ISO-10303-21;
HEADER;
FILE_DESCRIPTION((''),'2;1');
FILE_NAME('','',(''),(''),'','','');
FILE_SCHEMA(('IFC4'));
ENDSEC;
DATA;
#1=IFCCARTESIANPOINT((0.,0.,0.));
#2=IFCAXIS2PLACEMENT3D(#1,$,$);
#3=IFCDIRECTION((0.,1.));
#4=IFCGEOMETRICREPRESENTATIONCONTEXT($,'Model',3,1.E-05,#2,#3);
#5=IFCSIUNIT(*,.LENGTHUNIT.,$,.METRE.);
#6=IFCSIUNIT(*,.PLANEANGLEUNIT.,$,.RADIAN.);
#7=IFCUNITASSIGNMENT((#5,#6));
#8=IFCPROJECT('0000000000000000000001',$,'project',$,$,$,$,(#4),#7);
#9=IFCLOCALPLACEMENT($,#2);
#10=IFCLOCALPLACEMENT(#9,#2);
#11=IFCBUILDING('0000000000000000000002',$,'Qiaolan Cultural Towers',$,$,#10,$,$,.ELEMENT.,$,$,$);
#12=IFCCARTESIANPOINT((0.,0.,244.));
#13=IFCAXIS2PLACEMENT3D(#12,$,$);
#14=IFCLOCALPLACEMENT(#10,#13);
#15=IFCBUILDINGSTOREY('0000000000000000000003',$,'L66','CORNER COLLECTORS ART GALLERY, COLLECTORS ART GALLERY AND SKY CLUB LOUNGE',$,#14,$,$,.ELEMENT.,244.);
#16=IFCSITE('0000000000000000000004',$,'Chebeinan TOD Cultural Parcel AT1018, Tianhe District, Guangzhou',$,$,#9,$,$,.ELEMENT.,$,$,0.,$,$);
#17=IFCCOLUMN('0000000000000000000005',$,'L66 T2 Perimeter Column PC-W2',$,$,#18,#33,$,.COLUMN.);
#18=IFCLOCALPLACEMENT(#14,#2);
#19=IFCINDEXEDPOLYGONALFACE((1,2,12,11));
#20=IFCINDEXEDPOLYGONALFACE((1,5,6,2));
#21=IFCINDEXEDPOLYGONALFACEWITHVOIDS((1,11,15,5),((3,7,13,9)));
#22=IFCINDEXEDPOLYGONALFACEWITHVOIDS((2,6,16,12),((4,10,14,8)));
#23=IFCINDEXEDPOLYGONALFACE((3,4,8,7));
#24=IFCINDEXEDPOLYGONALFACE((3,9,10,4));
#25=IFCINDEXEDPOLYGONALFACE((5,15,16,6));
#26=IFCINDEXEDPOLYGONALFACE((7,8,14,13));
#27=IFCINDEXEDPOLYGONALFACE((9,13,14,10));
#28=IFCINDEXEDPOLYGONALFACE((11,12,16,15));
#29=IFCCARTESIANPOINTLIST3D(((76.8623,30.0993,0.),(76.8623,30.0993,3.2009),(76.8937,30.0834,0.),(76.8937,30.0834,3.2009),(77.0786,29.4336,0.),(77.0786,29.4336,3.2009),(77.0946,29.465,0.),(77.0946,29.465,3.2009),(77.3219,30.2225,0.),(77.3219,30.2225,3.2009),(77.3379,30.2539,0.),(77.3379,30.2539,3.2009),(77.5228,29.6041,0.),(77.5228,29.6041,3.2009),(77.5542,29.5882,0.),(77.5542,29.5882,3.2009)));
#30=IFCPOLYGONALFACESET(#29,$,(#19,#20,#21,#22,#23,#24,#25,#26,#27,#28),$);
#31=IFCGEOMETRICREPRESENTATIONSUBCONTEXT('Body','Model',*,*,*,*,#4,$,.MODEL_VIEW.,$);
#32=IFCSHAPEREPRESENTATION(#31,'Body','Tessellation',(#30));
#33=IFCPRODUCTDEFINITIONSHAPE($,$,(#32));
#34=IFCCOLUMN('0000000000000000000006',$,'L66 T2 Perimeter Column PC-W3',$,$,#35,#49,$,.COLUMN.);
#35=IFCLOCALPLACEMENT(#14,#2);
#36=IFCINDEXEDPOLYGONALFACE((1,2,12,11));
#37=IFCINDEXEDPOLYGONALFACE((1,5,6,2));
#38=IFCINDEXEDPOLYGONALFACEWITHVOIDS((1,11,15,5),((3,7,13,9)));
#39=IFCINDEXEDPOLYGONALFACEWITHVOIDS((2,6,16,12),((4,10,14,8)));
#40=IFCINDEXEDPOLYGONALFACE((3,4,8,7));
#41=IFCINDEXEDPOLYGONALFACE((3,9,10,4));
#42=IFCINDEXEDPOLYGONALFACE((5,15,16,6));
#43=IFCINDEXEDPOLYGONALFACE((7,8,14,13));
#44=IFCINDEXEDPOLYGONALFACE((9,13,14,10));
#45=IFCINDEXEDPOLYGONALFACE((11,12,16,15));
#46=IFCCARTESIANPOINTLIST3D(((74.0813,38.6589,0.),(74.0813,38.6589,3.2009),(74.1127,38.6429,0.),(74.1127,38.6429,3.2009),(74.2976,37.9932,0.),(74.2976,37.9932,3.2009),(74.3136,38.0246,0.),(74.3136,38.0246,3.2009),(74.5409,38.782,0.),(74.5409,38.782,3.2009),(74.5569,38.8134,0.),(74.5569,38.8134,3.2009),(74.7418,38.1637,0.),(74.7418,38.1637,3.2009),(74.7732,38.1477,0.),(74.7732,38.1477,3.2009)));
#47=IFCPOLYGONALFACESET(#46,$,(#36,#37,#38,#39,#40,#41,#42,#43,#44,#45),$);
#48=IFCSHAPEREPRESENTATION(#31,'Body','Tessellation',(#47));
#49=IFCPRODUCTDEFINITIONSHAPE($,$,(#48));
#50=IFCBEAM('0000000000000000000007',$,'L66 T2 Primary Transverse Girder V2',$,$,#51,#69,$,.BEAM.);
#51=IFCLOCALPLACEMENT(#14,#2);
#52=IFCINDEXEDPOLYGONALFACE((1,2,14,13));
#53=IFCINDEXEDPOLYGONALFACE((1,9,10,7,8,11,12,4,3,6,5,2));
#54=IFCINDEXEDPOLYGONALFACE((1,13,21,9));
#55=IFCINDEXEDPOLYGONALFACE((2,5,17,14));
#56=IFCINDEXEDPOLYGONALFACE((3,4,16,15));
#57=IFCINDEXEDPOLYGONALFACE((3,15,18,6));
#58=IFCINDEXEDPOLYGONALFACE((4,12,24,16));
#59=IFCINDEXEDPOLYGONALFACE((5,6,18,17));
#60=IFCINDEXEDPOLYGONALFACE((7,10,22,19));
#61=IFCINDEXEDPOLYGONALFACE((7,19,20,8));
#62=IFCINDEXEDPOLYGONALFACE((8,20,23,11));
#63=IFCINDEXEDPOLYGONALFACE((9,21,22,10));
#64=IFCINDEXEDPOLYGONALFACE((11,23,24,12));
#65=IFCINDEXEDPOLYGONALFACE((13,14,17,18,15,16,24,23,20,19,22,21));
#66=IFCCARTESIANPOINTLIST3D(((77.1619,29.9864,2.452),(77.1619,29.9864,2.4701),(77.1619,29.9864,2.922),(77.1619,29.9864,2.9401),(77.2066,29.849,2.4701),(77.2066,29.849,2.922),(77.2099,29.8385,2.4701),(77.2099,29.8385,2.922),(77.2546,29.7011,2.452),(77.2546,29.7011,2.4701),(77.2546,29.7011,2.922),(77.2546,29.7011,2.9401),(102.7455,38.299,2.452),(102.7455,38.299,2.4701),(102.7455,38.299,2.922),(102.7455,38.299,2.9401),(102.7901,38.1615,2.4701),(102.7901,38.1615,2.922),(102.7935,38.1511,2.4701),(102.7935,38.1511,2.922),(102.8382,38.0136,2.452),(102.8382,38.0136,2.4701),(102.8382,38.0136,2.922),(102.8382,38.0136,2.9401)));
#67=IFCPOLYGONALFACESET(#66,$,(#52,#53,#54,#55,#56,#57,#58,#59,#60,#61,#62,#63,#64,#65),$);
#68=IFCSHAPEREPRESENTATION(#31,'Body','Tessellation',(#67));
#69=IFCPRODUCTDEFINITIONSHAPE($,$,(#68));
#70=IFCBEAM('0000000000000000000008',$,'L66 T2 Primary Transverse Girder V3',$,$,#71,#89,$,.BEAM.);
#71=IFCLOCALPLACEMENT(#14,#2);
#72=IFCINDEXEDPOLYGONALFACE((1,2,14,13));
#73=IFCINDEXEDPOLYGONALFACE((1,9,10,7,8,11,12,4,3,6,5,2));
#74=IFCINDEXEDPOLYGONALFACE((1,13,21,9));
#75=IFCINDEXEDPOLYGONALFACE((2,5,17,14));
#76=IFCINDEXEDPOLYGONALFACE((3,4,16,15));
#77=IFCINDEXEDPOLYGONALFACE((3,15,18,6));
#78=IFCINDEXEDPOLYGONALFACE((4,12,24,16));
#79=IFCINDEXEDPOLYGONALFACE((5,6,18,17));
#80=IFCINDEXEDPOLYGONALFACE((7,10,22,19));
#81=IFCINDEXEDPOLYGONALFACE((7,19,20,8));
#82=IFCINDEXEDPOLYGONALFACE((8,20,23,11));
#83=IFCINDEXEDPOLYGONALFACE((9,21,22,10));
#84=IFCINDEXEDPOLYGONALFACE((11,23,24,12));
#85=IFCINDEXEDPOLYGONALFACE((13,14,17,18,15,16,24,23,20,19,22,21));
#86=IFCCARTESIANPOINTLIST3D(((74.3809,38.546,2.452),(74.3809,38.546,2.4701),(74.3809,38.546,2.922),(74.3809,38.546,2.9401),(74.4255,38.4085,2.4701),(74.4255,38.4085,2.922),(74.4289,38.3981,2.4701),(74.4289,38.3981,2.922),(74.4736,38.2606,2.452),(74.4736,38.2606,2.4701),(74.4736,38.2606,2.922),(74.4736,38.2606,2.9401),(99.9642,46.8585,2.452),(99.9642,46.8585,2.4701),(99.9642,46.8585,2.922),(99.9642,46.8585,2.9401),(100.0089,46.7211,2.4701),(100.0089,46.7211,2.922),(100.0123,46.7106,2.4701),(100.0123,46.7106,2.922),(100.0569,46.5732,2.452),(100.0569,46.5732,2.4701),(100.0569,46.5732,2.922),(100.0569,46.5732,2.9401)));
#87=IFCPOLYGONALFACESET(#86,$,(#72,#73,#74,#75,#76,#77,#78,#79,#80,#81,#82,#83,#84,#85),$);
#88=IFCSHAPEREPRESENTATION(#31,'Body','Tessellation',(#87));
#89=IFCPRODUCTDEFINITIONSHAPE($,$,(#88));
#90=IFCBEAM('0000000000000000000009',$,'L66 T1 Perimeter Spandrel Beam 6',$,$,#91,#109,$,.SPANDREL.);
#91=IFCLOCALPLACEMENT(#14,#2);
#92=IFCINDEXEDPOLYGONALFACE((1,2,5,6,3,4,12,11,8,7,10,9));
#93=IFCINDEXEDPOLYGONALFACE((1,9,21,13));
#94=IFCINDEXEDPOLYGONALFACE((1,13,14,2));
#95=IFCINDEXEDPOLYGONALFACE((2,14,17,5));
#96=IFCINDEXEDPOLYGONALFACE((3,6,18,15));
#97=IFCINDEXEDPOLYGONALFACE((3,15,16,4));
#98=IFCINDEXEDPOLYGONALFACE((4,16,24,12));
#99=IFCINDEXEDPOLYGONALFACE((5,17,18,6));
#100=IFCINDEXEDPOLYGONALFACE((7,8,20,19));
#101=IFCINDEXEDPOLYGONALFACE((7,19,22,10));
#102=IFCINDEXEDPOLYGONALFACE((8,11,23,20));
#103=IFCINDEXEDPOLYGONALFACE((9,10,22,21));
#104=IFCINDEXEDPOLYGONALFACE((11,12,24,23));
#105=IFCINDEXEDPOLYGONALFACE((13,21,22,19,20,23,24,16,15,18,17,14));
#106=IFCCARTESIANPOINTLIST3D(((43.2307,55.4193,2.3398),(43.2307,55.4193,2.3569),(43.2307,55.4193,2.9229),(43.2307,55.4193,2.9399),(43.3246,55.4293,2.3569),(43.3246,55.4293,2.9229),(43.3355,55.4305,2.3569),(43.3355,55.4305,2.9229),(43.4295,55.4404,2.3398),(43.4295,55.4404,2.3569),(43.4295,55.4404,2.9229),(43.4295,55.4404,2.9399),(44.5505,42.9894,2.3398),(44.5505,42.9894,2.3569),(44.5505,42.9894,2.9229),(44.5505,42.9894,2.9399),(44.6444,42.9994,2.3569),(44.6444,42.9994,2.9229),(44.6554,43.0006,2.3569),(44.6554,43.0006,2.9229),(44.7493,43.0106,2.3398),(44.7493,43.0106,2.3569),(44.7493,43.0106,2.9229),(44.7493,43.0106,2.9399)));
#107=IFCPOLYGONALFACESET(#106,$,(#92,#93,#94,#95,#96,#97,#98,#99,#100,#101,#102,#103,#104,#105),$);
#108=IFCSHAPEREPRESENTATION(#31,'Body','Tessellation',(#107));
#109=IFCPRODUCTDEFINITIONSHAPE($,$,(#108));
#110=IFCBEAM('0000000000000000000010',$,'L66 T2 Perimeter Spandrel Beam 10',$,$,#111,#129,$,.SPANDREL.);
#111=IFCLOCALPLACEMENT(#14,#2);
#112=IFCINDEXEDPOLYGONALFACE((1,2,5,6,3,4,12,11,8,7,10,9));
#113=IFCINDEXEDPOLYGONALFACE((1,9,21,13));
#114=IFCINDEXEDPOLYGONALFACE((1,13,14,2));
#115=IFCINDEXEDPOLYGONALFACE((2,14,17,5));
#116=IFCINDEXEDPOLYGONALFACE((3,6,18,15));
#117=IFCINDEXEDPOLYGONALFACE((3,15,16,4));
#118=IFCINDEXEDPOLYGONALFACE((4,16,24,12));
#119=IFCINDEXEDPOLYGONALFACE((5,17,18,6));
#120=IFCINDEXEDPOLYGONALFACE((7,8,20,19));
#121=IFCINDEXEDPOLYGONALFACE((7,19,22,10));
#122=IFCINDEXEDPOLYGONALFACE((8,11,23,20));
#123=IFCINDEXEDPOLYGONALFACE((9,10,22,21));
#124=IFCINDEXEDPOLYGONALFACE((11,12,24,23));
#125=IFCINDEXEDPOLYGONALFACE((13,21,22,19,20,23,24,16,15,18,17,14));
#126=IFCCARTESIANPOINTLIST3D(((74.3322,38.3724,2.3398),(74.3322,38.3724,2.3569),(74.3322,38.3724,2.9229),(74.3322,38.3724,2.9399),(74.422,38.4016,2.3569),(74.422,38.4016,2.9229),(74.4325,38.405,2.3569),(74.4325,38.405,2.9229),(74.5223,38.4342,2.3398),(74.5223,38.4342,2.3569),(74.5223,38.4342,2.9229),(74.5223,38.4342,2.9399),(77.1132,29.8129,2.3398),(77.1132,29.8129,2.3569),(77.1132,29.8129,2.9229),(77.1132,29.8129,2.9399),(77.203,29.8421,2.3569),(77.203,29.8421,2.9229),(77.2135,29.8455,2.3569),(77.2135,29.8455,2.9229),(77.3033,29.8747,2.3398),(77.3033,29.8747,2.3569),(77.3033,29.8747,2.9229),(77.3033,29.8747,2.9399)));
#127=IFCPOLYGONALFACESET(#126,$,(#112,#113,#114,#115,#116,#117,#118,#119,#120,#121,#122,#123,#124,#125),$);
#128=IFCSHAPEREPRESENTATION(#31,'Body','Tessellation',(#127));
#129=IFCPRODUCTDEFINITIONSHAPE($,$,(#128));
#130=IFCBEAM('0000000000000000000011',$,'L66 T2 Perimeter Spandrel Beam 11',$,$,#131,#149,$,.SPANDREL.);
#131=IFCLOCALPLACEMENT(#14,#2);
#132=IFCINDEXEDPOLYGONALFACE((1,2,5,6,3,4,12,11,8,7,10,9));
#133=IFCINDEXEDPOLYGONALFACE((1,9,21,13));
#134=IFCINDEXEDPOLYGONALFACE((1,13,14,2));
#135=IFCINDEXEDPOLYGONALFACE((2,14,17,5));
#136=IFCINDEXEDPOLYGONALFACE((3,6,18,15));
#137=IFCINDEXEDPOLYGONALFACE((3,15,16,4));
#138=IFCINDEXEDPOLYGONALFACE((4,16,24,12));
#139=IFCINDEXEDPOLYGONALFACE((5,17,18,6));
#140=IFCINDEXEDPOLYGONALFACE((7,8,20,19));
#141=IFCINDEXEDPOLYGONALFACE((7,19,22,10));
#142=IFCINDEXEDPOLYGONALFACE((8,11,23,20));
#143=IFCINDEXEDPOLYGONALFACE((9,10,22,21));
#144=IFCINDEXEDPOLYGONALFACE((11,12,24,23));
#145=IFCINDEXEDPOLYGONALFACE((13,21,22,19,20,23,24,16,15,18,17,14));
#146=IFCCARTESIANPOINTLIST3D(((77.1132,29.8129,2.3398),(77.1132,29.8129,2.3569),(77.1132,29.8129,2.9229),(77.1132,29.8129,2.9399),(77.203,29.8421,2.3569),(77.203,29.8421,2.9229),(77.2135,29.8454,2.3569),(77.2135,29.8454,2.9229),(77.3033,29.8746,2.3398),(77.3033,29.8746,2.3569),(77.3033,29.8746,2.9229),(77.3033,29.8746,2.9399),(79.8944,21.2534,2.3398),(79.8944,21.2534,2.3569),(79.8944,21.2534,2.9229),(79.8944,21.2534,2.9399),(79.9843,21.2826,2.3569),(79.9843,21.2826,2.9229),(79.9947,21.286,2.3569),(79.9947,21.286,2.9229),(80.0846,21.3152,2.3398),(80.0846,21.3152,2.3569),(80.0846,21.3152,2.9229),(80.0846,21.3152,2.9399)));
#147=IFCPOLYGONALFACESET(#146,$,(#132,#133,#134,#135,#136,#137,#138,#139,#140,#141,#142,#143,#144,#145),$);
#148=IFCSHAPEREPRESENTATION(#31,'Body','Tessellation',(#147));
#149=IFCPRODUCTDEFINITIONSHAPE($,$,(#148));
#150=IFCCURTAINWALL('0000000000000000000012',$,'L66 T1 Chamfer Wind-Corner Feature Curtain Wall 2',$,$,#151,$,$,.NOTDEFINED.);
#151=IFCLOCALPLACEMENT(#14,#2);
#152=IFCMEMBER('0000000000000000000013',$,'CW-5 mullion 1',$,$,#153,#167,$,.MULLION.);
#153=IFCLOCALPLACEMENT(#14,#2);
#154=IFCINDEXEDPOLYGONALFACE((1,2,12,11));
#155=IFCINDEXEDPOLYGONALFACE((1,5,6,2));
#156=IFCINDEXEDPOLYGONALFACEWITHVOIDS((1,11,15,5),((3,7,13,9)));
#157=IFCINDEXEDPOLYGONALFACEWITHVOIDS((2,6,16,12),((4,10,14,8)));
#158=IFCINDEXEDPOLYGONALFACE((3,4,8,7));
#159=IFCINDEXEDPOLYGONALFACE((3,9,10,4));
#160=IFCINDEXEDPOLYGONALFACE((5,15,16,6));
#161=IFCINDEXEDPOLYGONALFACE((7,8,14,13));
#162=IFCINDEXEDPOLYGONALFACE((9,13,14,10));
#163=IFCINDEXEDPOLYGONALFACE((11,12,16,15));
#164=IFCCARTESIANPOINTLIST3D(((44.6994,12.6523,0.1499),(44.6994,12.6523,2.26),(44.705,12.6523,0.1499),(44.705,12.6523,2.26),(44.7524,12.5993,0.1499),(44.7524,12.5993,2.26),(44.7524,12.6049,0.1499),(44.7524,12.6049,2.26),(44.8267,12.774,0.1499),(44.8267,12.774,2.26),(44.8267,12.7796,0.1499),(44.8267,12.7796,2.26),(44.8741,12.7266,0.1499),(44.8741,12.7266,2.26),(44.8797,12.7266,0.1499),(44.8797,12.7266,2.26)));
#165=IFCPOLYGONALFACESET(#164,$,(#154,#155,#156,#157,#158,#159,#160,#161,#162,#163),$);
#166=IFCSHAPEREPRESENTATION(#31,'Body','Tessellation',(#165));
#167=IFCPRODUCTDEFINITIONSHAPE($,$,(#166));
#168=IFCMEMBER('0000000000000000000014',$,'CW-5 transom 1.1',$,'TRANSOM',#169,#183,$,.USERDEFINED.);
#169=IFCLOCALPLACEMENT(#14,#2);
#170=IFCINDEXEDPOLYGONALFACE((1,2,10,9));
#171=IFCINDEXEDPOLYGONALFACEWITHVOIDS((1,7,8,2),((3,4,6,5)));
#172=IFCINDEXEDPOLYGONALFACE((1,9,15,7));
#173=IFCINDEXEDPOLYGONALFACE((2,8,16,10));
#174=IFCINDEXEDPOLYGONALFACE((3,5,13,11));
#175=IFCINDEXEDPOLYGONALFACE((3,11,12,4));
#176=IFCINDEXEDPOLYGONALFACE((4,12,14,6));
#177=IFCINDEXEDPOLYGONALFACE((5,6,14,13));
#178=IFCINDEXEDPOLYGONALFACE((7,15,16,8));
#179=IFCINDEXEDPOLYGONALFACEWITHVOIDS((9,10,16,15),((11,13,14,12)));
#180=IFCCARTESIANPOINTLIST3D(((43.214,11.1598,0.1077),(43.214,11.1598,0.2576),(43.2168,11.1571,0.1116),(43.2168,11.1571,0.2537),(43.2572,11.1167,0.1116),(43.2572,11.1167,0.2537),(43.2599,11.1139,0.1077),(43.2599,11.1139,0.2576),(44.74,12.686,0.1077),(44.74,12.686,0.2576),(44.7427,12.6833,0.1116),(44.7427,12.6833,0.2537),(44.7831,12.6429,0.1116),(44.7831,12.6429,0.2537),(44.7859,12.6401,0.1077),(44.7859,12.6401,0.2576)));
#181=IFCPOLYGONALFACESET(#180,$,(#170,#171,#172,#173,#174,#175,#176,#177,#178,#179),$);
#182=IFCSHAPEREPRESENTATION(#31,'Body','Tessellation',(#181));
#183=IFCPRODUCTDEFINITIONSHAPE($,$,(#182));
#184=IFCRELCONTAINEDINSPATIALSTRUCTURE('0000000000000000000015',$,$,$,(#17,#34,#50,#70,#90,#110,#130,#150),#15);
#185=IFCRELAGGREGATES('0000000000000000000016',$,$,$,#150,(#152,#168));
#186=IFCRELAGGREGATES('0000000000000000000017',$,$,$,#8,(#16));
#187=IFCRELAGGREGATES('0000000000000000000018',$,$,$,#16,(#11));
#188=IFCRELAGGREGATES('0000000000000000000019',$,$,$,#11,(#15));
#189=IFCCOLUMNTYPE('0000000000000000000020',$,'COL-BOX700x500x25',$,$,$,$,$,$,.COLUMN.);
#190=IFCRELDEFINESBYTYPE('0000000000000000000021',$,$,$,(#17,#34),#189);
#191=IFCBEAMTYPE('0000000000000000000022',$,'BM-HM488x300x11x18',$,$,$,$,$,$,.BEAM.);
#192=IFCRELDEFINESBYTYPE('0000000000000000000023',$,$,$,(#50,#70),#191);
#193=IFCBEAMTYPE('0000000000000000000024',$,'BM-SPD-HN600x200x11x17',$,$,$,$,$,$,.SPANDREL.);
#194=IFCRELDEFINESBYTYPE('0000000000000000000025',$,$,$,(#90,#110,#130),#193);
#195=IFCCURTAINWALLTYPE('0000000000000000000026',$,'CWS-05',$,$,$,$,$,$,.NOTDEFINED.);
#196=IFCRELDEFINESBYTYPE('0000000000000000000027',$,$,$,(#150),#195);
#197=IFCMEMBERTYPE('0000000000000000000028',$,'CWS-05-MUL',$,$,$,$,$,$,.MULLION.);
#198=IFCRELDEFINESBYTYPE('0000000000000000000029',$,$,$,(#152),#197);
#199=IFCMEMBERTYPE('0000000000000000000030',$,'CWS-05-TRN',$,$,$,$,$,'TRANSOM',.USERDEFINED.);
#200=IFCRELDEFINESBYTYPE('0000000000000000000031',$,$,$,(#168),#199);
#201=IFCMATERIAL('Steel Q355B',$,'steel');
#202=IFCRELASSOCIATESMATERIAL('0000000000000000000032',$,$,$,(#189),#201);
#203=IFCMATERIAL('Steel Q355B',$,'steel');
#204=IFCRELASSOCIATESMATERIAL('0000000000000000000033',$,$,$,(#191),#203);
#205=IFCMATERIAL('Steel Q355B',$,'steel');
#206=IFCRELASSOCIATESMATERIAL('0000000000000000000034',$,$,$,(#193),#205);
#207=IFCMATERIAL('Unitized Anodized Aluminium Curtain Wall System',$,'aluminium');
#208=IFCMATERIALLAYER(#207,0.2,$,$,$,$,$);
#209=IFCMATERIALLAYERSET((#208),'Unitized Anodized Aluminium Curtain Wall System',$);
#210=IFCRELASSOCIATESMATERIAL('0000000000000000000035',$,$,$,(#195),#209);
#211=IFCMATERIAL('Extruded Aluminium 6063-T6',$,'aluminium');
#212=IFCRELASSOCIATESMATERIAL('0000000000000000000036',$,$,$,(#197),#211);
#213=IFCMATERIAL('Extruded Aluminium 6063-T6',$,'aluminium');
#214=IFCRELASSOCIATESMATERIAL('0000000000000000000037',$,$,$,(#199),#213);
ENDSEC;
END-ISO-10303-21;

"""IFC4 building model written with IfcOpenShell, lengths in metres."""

from ifc_helpers import new_model, si_unit, direction, frame, origin, origin_2d, place, context, subcontext, project, spatial, hollow_rectangle, i_section, extrude, material, layer, layer_set, material_profile, profile_set, type_object, element, aggregate, save


model = new_model("IFC4")

# Units and contexts
model_context = context("Model", 3, precision=1e-05, world=origin(), true_north=direction((0.0, 1.0)))
body_context = subcontext(model_context, "Body", "Model", "MODEL_VIEW")
ifc_project = project(units=[si_unit("LENGTHUNIT", "METRE"), si_unit("PLANEANGLEUNIT", "RADIAN")], contexts=[model_context])

# Site, building, storey
site_placement = place(None, origin())
site = spatial("IfcSite", under=ifc_project, at=site_placement, Name="Chebeinan TOD Cultural Parcel AT1018, Tianhe District, Guangzhou", CompositionType="ELEMENT", RefElevation=0.0)
building_placement = place(site_placement, origin())
building = spatial("IfcBuilding", under=site, at=building_placement, Name="Qiaolan Cultural Towers", CompositionType="ELEMENT")
storey_placement = place(building_placement, frame((0.0, 0.0, 244.0)))
storey = spatial("IfcBuildingStorey", under=building, at=storey_placement, Name="L66", Description="CORNER COLLECTORS ART GALLERY, COLLECTORS ART GALLERY AND SKY CLUB LOUNGE", CompositionType="ELEMENT", Elevation=244.0)

# Columns
ifc_material_1 = material(Name="Steel Q355B", Category="steel")
ifc_material_profile_1 = material_profile(ifc_material_1, hollow_rectangle(XDim=0.5, YDim=0.7, WallThickness=0.0249, at=origin_2d()), Name="BOX700x500x25")
ifc_profile_set_1 = profile_set([ifc_material_profile_1], Name="Steel Q355B")
column_type = type_object("IfcColumnType", Name="COL-BOX700x500x25", PredefinedType="COLUMN", material=ifc_profile_set_1)
for number, where, z_axis, x_axis, name in (
    (1, (77.2083, 29.8438, 0.0), (0.0, 0.0, 1.0), (0.951057, 0.309017, 0.0), "L66 T2 Perimeter Column PC-W2"),
    (2, (74.4272, 38.4033, 0.0), (0.0, 0.0, 1.0), (0.951057, 0.309017, 0.0), "L66 T2 Perimeter Column PC-W3"),
):
    element("IfcColumn", number, at=place(storey_placement, frame(where, z_axis=z_axis, x_axis=x_axis)), inside=storey, type_object=column_type, Name=name, PredefinedType="COLUMN", context=body_context, shape_type="SweptSolid", body=[
        extrude(hollow_rectangle(XDim=0.5, YDim=0.7, WallThickness=0.0249, at=origin_2d()), origin(), (0.0, 0.0, 1.0), 3.2009),
    ])

# Beams
ifc_material_2 = material(Name="Steel Q355B", Category="steel")
ifc_material_profile_2 = material_profile(ifc_material_2, i_section(OverallWidth=0.3, OverallDepth=0.488, WebThickness=0.011, FlangeThickness=0.0181, at=origin_2d()), Name="HM488x300x11x18")
ifc_profile_set_2 = profile_set([ifc_material_profile_2], Name="Steel Q355B")
beam_type_1 = type_object("IfcBeamType", Name="BM-HM488x300x11x18", PredefinedType="BEAM", material=ifc_profile_set_2)
beam_1_placement = place(storey_placement, frame((77.2083, 29.8438, 2.696), z_axis=(0.951057, 0.309014, 0.0), x_axis=(-0.309014, 0.951057, 0.0)))
element("IfcBeam", 3, at=beam_1_placement, inside=storey, type_object=beam_type_1, Name="L66 T2 Primary Transverse Girder V2", PredefinedType="BEAM", context=body_context, shape_type="SweptSolid", body=[
    extrude(i_section(OverallWidth=0.3, OverallDepth=0.488, WebThickness=0.011, FlangeThickness=0.0181, at=origin_2d()), origin(), (0.0, 0.0, 1.0), 26.9001),
])
beam_2_placement = place(storey_placement, frame((74.4272, 38.4033, 2.696), z_axis=(0.951057, 0.309017, 0.0), x_axis=(-0.309017, 0.951057, 0.0)))
element("IfcBeam", 4, at=beam_2_placement, inside=storey, type_object=beam_type_1, Name="L66 T2 Primary Transverse Girder V3", PredefinedType="BEAM", context=body_context, shape_type="SweptSolid", body=[
    extrude(i_section(OverallWidth=0.3, OverallDepth=0.488, WebThickness=0.011, FlangeThickness=0.0181, at=origin_2d()), origin(), (0.0, 0.0, 1.0), 26.8999),
])
ifc_material_3 = material(Name="Steel Q355B", Category="steel")
ifc_material_profile_3 = material_profile(ifc_material_3, i_section(OverallWidth=0.2, OverallDepth=0.6001, WebThickness=0.011, FlangeThickness=0.0171, at=origin_2d()), Name="HN600x200x11x17")
ifc_profile_set_3 = profile_set([ifc_material_profile_3], Name="Steel Q355B")
beam_type_2 = type_object("IfcBeamType", Name="BM-SPD-HN600x200x11x17", PredefinedType="SPANDREL", material=ifc_profile_set_3)
beam_3_placement = place(storey_placement, frame((44.6499, 43.0, 2.6399), z_axis=(-0.105588, 0.99441, 0.0), x_axis=(-0.99441, -0.105588, 0.0)))
element("IfcBeam", 5, at=beam_3_placement, inside=storey, type_object=beam_type_2, Name="L66 T1 Perimeter Spandrel Beam 6", PredefinedType="SPANDREL", context=body_context, shape_type="SweptSolid", body=[
    extrude(i_section(OverallWidth=0.2, OverallDepth=0.6001, WebThickness=0.011, FlangeThickness=0.0171, at=origin_2d()), origin(), (0.0, 0.0, 1.0), 12.4998),
])
for number, where, z_axis, x_axis, name in (
    (6, (74.4272, 38.4033, 2.6399), (0.309, -0.951062, 0.0), (0.951062, 0.309, 0.0), "L66 T2 Perimeter Spandrel Beam 10"),
    (7, (77.2083, 29.8438, 2.6399), (0.309025, -0.951054, 0.0), (0.951054, 0.309025, 0.0), "L66 T2 Perimeter Spandrel Beam 11"),
):
    element("IfcBeam", number, at=place(storey_placement, frame(where, z_axis=z_axis, x_axis=x_axis)), inside=storey, type_object=beam_type_2, Name=name, PredefinedType="SPANDREL", context=body_context, shape_type="SweptSolid", body=[
        extrude(i_section(OverallWidth=0.2, OverallDepth=0.6001, WebThickness=0.011, FlangeThickness=0.0171, at=origin_2d()), origin(), (0.0, 0.0, 1.0), 9.0),
    ])

# Curtain wall, members
ifc_material_4 = material(Name="Unitized Anodized Aluminium Curtain Wall System", Category="aluminium")
ifc_layer_1 = layer(ifc_material_4, 0.2)
ifc_layer_set_1 = layer_set([ifc_layer_1], Name="Unitized Anodized Aluminium Curtain Wall System")
curtain_wall_type = type_object("IfcCurtainWallType", Name="CWS-05", PredefinedType="NOTDEFINED", material=ifc_layer_set_1)
curtain_wall_placement = place(storey_placement, origin())
curtain_wall = element("IfcCurtainWall", 8, at=curtain_wall_placement, inside=storey, type_object=curtain_wall_type, Name="L66 T1 Chamfer Wind-Corner Feature Curtain Wall 2", PredefinedType="NOTDEFINED")
ifc_material_5 = material(Name="Extruded Aluminium 6063-T6", Category="aluminium")
ifc_material_profile_4 = material_profile(ifc_material_5, hollow_rectangle(XDim=0.075, YDim=0.1799, WallThickness=0.0039, at=origin_2d()), Name="CWM-180x75x4")
ifc_profile_set_4 = profile_set([ifc_material_profile_4], Name="Extruded Aluminium 6063-T6")
member_type_1 = type_object("IfcMemberType", Name="CWS-05-MUL", PredefinedType="MULLION", material=ifc_profile_set_4)
member_1_placement = place(storey_placement, frame((44.7896, 12.6895, 0.1499), z_axis=(0.0, 0.0, 1.0), x_axis=(0.707107, -0.707107, 0.0)))
member_1 = element("IfcMember", 9, at=member_1_placement, type_object=member_type_1, Name="CW-5 mullion 1", PredefinedType="MULLION", context=body_context, shape_type="SweptSolid", body=[
    extrude(hollow_rectangle(XDim=0.075, YDim=0.1799, WallThickness=0.0039, at=origin_2d()), origin(), (0.0, 0.0, 1.0), 2.1101),
])
ifc_material_6 = material(Name="Extruded Aluminium 6063-T6", Category="aluminium")
ifc_material_profile_5 = material_profile(ifc_material_6, hollow_rectangle(XDim=0.0649, YDim=0.1499, WallThickness=0.0039, at=origin_2d()), Name="CWT-150x65x4")
ifc_profile_set_5 = profile_set([ifc_material_profile_5], Name="Extruded Aluminium 6063-T6")
member_type_2 = type_object("IfcMemberType", Name="CWS-05-TRN", ElementType="TRANSOM", PredefinedType="USERDEFINED", material=ifc_profile_set_5)
member_2_placement = place(storey_placement, frame((44.7629, 12.6631, 0.1826), z_axis=(-0.70705, -0.707163, 0.0), x_axis=(0.707163, -0.70705, 0.0)))
member_2 = element("IfcMember", 10, at=member_2_placement, type_object=member_type_2, Name="CW-5 transom 1.1", ObjectType="TRANSOM", PredefinedType="USERDEFINED", context=body_context, shape_type="SweptSolid", body=[
    extrude(hollow_rectangle(XDim=0.0649, YDim=0.1499, WallThickness=0.0039, at=origin_2d()), origin(), (0.0, 0.0, 1.0), 2.1582),
])
aggregate(curtain_wall, [member_1, member_2])

save(model, "model.ifc")
